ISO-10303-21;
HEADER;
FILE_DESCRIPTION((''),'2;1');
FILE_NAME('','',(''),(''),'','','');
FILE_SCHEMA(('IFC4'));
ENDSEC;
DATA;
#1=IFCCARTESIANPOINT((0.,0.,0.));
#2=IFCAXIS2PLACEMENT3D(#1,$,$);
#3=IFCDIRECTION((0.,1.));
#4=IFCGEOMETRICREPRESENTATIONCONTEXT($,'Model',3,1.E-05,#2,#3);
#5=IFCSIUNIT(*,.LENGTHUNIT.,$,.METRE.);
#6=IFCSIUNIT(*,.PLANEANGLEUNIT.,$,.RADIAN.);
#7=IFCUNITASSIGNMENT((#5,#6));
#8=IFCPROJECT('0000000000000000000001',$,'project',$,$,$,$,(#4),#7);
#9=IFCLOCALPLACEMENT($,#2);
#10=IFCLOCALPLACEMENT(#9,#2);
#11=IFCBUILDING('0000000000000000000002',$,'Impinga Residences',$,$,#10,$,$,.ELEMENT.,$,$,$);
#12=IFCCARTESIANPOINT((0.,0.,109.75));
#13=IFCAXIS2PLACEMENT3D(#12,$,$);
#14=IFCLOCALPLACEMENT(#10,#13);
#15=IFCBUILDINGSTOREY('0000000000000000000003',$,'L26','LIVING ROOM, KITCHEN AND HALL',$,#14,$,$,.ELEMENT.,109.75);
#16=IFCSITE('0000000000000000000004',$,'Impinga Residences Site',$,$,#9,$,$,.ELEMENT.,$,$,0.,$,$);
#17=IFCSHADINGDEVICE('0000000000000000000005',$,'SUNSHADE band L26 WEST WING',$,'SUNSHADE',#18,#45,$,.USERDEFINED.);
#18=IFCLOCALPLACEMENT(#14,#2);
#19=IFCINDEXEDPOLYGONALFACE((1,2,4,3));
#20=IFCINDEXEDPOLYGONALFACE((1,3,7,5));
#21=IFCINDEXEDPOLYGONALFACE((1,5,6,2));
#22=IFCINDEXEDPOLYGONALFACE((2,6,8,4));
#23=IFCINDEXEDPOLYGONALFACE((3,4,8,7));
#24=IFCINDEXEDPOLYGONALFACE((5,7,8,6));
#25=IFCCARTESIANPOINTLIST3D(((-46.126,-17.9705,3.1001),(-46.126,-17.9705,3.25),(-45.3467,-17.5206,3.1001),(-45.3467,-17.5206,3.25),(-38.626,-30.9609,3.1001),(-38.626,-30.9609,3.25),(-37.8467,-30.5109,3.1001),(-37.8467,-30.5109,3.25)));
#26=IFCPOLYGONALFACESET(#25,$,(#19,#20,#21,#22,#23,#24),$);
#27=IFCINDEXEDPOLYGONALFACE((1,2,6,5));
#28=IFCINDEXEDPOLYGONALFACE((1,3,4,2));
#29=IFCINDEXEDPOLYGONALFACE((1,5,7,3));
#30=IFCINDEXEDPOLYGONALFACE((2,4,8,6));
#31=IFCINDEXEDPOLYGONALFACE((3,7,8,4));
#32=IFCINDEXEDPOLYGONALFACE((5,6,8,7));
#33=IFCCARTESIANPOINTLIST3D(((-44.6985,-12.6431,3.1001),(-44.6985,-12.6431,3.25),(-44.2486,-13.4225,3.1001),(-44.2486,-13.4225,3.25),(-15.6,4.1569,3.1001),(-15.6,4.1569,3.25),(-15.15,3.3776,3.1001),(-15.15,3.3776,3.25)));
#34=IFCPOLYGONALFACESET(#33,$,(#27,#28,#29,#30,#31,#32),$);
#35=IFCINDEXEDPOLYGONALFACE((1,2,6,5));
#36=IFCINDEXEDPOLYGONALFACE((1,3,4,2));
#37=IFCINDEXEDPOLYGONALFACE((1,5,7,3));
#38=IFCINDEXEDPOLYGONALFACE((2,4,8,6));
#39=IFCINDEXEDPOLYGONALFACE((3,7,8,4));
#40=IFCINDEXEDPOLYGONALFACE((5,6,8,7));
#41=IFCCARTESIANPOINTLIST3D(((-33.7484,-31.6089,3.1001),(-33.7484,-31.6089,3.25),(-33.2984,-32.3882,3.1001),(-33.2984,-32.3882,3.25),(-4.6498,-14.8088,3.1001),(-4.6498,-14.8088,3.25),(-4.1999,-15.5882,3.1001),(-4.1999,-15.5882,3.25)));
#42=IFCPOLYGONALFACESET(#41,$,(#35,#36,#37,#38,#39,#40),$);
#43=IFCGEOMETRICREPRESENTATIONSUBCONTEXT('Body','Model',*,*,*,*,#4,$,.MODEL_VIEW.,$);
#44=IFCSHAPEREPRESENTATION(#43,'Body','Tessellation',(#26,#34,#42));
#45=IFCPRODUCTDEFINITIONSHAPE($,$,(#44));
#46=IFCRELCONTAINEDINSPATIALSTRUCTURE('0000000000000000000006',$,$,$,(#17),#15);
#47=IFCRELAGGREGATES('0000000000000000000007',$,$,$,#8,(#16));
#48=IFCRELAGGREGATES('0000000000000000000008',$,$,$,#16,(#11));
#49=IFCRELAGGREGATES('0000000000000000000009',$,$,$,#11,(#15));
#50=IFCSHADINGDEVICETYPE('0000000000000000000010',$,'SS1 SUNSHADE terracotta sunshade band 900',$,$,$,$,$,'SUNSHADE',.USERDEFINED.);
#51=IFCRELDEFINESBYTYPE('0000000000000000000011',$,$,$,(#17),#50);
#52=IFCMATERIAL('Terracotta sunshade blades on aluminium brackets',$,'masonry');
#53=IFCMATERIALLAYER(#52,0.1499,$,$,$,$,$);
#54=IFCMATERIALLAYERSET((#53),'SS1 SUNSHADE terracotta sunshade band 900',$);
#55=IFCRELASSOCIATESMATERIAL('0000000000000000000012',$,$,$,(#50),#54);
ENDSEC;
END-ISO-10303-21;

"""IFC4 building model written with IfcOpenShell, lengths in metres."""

from ifc_helpers import new_model, si_unit, direction, frame, origin, origin_2d, place, context, subcontext, project, spatial, rectangle, extrude, material, layer, layer_set, type_object, element, save


model = new_model("IFC4")

# Units and contexts
model_context = context("Model", 3, precision=1e-05, world=origin(), true_north=direction((0.0, 1.0)))
body_context = subcontext(model_context, "Body", "Model", "MODEL_VIEW")
ifc_project = project(units=[si_unit("LENGTHUNIT", "METRE"), si_unit("PLANEANGLEUNIT", "RADIAN")], contexts=[model_context])

# Site, building, storey
site_placement = place(None, origin())
site = spatial("IfcSite", under=ifc_project, at=site_placement, Name="Impinga Residences Site", CompositionType="ELEMENT", RefElevation=0.0)
building_placement = place(site_placement, origin())
building = spatial("IfcBuilding", under=site, at=building_placement, Name="Impinga Residences", CompositionType="ELEMENT")
storey_placement = place(building_placement, frame((0.0, 0.0, 109.75)))
storey = spatial("IfcBuildingStorey", under=building, at=storey_placement, Name="L26", Description="LIVING ROOM, KITCHEN AND HALL", CompositionType="ELEMENT", Elevation=109.75)

# Shading device
ifc_material_1 = material(Name="Terracotta sunshade blades on aluminium brackets", Category="masonry")
ifc_layer_1 = layer(ifc_material_1, 0.1499)
ifc_layer_set_1 = layer_set([ifc_layer_1], Name="SS1 SUNSHADE terracotta sunshade band 900")
shading_device_type = type_object("IfcShadingDeviceType", Name="SS1 SUNSHADE terracotta sunshade band 900", ElementType="SUNSHADE", PredefinedType="USERDEFINED", material=ifc_layer_set_1)
shading_device_placement = place(storey_placement, frame((-41.9863, -24.2407, 3.1001), z_axis=(0.0, 0.0, 1.0), x_axis=(-0.5, 0.866025, 0.0)))
element("IfcShadingDevice", 1, at=shading_device_placement, inside=storey, type_object=shading_device_type, Name="SUNSHADE band L26 WEST WING", ObjectType="SUNSHADE", PredefinedType="USERDEFINED", context=body_context, shape_type="SweptSolid", body=[
    extrude(rectangle(XDim=15.0, YDim=0.8999, at=origin_2d()), origin(), (0.0, 0.0, 1.0), 0.1499),
    extrude(rectangle(XDim=33.6001, YDim=0.8999, at=origin_2d()), frame((10.95, -20.25, 0.0), z_axis=(0.0, 0.0, 1.0), x_axis=(0.0, -1.0, 0.0)), (0.0, 0.0, 1.0), 0.1499),
    extrude(rectangle(XDim=33.6001, YDim=0.8999, at=origin_2d()), frame((-10.95, -20.2502, 0.0), z_axis=(0.0, 0.0, 1.0), x_axis=(0.0, 1.0, 0.0)), (0.0, 0.0, 1.0), 0.1499),
])

save(model, "model.ifc")
